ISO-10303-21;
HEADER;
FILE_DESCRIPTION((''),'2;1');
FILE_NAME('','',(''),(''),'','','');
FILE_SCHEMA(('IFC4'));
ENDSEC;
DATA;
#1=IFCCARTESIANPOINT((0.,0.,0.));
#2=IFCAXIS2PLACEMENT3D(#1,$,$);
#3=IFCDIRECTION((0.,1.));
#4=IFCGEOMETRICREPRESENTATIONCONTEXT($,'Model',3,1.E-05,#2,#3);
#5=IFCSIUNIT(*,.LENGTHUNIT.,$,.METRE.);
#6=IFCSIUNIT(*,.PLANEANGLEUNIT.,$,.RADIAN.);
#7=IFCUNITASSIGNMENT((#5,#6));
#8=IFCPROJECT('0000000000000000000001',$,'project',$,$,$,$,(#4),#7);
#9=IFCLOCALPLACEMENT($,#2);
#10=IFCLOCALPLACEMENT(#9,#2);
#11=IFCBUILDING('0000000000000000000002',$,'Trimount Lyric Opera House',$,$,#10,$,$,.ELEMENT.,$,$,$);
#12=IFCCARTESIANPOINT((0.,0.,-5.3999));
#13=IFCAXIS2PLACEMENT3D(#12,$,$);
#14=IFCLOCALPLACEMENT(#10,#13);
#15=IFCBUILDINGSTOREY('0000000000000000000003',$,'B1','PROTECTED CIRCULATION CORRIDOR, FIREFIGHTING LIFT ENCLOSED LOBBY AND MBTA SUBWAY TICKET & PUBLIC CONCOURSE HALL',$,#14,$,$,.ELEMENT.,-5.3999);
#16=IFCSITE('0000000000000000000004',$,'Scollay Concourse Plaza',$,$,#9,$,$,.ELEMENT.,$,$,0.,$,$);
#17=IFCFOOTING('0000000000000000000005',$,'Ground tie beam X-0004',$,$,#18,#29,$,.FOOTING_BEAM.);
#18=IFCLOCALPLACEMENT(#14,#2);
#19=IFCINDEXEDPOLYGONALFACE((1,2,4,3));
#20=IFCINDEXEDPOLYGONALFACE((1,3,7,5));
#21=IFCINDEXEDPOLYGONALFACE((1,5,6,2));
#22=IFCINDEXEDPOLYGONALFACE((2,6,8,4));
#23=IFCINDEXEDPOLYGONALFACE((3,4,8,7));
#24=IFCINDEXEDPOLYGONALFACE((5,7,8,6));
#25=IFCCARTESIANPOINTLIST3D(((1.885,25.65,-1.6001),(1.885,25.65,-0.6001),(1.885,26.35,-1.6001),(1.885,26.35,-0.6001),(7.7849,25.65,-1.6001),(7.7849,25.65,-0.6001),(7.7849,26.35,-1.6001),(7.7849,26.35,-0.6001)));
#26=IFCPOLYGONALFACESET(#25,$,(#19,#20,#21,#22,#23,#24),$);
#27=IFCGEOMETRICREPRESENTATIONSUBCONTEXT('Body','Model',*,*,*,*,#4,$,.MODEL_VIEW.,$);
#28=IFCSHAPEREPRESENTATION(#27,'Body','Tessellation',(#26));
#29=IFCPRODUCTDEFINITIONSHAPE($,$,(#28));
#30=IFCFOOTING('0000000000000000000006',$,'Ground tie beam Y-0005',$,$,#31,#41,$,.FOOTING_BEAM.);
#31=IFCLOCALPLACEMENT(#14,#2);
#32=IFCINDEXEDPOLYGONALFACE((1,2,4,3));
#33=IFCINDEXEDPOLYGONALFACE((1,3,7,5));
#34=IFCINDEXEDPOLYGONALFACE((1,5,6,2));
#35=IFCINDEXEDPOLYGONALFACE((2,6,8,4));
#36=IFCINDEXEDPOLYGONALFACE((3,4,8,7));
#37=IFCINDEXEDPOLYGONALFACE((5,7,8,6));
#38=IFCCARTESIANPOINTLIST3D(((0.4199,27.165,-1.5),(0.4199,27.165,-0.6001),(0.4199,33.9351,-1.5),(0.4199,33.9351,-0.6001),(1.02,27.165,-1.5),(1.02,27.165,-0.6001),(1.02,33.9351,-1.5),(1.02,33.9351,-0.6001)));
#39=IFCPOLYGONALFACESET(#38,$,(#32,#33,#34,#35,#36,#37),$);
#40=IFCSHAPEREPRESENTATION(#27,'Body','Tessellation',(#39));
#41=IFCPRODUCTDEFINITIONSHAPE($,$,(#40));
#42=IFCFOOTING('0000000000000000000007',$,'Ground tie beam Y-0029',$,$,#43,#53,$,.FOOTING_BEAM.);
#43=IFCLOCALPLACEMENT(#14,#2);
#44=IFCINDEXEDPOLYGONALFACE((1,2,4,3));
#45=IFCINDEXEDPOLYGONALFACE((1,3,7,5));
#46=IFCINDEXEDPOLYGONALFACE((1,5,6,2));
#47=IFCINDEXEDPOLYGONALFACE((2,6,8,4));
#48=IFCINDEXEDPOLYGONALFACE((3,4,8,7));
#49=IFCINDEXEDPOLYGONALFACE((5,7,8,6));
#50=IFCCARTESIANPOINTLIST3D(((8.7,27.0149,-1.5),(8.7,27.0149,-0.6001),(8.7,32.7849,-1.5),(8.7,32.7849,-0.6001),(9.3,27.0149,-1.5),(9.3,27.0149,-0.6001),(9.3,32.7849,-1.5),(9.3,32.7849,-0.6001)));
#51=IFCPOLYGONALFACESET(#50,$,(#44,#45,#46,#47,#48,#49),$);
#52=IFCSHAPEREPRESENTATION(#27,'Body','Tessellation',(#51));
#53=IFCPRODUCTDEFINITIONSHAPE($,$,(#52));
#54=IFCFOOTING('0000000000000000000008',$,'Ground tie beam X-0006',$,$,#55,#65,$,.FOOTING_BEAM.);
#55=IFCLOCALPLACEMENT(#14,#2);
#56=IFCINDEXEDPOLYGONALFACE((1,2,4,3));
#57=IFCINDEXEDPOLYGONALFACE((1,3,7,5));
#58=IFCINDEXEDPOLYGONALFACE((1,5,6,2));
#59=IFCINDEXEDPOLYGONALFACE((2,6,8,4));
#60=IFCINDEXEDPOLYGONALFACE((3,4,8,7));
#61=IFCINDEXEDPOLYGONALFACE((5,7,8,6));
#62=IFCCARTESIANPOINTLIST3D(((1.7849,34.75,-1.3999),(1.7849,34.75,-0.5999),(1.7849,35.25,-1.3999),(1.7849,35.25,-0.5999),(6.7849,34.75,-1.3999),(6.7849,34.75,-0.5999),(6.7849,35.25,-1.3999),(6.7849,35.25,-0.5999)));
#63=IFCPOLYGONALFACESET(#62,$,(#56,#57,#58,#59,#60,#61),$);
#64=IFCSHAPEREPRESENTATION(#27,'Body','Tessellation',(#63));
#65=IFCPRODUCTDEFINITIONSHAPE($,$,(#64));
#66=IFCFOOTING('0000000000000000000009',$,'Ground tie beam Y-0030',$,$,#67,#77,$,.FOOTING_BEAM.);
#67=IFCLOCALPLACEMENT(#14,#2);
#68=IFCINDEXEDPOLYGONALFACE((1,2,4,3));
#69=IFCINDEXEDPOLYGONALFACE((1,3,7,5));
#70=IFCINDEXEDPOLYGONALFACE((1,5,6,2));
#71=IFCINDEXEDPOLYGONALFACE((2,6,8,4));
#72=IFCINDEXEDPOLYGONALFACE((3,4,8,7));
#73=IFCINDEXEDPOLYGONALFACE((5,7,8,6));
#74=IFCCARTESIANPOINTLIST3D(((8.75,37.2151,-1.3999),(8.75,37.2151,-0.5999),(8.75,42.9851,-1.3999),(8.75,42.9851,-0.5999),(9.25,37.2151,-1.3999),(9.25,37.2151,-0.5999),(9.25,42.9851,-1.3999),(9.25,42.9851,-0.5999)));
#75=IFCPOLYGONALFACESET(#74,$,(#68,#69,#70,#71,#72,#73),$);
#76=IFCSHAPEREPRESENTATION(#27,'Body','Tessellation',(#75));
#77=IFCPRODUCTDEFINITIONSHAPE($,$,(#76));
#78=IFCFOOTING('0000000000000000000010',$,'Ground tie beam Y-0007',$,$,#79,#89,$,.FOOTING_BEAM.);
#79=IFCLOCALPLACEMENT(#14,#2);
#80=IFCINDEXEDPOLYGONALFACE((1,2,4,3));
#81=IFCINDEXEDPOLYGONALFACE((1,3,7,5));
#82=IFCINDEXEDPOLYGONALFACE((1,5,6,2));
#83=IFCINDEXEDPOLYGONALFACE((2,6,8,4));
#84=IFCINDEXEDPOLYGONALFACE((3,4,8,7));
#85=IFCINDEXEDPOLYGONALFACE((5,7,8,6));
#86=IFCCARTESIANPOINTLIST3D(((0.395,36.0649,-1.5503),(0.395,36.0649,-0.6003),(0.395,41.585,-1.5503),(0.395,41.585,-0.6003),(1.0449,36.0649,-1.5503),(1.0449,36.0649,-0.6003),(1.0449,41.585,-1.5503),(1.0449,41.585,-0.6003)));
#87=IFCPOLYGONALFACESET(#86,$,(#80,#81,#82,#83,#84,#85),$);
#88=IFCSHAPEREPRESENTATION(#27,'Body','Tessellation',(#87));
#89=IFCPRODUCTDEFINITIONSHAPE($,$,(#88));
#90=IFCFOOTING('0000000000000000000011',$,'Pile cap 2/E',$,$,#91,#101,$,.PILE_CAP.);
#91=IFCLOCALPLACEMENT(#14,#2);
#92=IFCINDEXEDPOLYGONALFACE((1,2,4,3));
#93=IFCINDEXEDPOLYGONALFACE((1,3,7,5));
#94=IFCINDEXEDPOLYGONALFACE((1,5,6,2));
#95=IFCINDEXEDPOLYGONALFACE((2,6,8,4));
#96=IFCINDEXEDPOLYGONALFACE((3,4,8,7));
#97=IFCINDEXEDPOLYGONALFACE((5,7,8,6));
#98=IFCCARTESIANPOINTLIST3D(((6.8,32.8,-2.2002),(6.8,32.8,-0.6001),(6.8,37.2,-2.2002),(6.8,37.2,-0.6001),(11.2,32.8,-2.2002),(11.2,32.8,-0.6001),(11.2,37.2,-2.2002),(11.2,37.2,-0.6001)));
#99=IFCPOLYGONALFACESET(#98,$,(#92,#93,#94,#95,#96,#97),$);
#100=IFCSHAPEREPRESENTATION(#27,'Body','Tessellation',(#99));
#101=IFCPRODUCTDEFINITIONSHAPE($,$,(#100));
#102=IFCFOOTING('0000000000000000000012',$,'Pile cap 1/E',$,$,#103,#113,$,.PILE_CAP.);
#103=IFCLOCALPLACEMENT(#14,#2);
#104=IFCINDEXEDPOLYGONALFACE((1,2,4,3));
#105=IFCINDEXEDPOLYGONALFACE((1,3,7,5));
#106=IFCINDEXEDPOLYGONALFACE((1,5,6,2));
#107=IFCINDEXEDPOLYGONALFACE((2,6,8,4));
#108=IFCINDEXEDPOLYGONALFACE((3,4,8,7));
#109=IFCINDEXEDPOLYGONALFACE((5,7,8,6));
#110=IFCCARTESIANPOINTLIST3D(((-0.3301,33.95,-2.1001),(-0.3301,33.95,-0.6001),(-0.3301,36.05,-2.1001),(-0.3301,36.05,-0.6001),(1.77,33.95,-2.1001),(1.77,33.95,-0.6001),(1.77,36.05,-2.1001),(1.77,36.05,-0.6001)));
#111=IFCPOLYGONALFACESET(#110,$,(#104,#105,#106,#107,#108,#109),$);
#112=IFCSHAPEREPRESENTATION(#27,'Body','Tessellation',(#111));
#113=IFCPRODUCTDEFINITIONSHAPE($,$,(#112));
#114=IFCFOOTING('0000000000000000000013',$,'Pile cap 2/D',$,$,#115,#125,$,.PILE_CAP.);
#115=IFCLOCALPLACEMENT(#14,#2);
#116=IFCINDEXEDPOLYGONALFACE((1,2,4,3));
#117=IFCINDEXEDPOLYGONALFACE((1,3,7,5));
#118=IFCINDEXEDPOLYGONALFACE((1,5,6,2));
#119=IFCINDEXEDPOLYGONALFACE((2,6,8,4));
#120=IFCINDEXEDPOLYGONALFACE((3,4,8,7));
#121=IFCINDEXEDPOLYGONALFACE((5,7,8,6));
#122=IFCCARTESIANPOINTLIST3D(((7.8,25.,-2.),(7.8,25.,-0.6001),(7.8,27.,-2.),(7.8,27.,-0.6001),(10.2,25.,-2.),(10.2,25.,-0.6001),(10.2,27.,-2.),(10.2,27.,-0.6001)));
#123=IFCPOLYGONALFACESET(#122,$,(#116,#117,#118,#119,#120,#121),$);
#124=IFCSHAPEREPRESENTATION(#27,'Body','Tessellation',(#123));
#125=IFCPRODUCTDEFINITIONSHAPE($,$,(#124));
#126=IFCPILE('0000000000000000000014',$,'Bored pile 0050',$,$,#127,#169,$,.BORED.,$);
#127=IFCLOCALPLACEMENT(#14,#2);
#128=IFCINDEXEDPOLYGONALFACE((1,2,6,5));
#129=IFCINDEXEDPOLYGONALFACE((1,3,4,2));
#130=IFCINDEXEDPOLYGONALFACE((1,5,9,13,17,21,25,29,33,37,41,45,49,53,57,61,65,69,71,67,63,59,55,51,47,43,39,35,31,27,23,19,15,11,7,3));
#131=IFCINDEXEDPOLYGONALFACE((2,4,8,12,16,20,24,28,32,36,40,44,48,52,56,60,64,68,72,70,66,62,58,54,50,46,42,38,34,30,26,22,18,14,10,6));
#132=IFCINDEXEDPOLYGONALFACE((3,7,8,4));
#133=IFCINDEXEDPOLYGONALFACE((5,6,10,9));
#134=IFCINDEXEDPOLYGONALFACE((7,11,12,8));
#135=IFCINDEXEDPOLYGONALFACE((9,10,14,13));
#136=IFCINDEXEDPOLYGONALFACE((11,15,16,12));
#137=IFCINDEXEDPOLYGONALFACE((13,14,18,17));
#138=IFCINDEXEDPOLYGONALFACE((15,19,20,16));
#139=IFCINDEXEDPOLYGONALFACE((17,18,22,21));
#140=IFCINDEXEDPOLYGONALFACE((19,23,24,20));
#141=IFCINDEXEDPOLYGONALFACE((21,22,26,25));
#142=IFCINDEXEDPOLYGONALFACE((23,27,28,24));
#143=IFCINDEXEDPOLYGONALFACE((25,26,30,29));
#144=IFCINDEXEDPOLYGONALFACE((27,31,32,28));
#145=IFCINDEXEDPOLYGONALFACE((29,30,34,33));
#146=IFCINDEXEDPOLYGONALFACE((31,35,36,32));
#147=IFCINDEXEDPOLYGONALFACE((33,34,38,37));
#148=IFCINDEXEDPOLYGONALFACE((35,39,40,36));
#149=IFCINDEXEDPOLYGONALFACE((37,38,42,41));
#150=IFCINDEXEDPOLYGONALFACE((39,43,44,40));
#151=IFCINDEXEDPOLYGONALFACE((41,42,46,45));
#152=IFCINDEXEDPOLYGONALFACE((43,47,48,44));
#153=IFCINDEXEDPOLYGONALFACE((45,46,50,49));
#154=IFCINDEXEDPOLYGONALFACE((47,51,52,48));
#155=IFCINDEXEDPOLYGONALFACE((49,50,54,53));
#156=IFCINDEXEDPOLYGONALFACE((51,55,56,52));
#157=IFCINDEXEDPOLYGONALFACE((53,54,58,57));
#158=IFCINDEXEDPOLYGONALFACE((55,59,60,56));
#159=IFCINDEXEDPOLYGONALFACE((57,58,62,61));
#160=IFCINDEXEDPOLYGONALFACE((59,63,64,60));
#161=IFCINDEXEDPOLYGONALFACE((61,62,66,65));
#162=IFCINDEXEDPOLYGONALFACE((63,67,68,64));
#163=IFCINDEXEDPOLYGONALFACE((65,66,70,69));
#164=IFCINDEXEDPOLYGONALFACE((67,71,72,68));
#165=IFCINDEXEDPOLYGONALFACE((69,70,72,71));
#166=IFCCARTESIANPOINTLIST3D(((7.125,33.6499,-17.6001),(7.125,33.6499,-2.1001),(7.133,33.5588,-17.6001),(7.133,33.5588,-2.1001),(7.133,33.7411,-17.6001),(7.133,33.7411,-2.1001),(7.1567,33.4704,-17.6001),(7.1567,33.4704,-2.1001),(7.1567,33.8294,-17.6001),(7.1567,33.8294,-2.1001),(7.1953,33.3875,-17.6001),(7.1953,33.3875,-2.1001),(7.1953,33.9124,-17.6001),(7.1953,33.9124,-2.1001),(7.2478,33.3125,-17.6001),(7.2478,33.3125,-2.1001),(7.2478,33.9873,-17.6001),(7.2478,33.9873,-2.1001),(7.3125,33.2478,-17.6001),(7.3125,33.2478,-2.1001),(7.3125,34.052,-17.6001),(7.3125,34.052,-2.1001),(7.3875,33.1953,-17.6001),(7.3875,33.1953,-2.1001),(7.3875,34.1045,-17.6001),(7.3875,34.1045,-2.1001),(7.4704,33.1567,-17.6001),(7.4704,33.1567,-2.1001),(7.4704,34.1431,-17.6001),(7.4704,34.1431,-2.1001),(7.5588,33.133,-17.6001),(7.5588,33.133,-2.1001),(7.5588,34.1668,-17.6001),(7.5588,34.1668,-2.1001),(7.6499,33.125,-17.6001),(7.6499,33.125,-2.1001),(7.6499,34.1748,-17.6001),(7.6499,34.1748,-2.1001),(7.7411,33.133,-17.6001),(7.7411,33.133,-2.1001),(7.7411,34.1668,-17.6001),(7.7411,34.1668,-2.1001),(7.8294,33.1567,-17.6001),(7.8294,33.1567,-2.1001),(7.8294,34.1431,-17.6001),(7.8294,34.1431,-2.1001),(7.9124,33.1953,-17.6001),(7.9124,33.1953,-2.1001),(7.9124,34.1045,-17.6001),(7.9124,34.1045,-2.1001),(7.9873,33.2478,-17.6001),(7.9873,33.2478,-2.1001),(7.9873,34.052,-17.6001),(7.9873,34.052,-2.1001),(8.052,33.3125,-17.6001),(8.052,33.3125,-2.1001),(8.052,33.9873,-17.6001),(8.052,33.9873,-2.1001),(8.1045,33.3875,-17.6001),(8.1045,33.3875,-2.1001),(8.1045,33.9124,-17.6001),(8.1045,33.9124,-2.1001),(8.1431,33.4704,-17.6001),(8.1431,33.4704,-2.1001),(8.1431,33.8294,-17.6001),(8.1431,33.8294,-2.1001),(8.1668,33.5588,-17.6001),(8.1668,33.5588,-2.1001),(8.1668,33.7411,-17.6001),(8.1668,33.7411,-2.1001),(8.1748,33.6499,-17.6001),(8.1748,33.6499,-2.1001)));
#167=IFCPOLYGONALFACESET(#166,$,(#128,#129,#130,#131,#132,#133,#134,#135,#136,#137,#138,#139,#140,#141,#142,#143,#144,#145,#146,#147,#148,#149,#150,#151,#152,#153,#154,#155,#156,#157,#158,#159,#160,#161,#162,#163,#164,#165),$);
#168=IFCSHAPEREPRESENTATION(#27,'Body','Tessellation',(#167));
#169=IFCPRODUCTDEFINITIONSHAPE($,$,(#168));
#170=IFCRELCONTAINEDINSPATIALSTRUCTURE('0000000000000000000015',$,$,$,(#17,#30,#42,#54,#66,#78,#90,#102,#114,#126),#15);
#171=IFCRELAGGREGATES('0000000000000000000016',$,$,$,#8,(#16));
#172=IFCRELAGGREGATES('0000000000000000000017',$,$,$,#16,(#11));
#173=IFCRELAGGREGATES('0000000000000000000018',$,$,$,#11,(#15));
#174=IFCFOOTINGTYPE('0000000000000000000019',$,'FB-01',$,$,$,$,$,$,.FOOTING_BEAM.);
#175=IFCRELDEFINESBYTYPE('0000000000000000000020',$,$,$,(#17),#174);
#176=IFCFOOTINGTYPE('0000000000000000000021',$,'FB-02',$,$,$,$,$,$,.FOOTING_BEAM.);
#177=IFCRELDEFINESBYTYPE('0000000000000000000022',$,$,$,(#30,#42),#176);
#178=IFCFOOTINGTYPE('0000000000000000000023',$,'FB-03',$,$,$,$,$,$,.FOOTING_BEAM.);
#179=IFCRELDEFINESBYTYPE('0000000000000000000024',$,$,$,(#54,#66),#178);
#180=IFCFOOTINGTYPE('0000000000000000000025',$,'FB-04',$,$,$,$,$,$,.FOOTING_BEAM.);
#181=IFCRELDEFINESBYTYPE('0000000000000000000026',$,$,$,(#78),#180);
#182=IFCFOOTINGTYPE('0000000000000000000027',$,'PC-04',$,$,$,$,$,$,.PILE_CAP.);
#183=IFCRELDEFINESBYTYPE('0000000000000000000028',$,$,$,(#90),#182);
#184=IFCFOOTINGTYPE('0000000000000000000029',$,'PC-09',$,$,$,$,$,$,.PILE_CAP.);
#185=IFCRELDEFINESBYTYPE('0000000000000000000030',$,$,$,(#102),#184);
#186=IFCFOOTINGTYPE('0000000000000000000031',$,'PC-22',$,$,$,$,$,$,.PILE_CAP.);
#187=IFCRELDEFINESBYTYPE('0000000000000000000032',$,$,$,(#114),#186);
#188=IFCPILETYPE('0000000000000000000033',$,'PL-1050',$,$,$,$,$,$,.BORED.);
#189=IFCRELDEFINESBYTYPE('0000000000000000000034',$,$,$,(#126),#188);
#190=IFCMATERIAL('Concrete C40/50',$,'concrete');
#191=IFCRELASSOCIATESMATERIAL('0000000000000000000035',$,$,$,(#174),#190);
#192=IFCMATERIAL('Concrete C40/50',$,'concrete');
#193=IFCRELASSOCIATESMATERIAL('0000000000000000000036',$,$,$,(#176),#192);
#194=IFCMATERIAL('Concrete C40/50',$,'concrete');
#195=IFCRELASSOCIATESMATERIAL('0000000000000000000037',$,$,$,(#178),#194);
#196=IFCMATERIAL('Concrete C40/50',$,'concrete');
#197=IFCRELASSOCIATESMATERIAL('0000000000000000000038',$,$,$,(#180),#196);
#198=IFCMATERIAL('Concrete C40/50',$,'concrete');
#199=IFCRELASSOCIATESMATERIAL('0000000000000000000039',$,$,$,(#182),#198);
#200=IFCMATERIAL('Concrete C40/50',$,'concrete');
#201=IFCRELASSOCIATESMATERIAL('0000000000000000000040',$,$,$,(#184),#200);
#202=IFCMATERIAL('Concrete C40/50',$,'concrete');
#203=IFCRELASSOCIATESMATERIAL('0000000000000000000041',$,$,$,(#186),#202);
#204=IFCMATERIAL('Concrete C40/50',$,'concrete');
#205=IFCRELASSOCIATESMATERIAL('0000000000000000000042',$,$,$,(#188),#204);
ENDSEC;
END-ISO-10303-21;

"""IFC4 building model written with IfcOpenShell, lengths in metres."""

from ifc_helpers import new_model, si_unit, direction, frame, origin, origin_2d, place, context, subcontext, project, spatial, rectangle, circle, extrude, material, material_profile, profile_set, type_object, element, save


model = new_model("IFC4")

# Units and contexts
model_context = context("Model", 3, precision=1e-05, world=origin(), true_north=direction((0.0, 1.0)))
body_context = subcontext(model_context, "Body", "Model", "MODEL_VIEW")
ifc_project = project(units=[si_unit("LENGTHUNIT", "METRE"), si_unit("PLANEANGLEUNIT", "RADIAN")], contexts=[model_context])

# Site, building, storey
site_placement = place(None, origin())
site = spatial("IfcSite", under=ifc_project, at=site_placement, Name="Scollay Concourse Plaza", CompositionType="ELEMENT", RefElevation=0.0)
building_placement = place(site_placement, origin())
building = spatial("IfcBuilding", under=site, at=building_placement, Name="Trimount Lyric Opera House", CompositionType="ELEMENT")
storey_placement = place(building_placement, frame((0.0, 0.0, -5.3999)))
storey = spatial("IfcBuildingStorey", under=building, at=storey_placement, Name="B1", Description="PROTECTED CIRCULATION CORRIDOR, FIREFIGHTING LIFT ENCLOSED LOBBY AND MBTA SUBWAY TICKET & PUBLIC CONCOURSE HALL", CompositionType="ELEMENT", Elevation=-5.3999)

# Footings
ifc_material_1 = material(Name="Concrete C40/50", Category="concrete")
footing_type_1 = type_object("IfcFootingType", Name="FB-01", PredefinedType="FOOTING_BEAM", material=ifc_material_1)
footing_1_placement = place(storey_placement, frame((4.835, 26.0, -1.6001), z_axis=(0.0, 0.0, 1.0), x_axis=(1.0, 0.0, 0.0)))
element("IfcFooting", 1, at=footing_1_placement, inside=storey, type_object=footing_type_1, Name="Ground tie beam X-0004", PredefinedType="FOOTING_BEAM", context=body_context, shape_type="SweptSolid", body=[
    extrude(rectangle(XDim=5.8999, YDim=0.7, at=origin_2d()), origin(), (0.0, 0.0, 1.0), 1.0),
])
ifc_material_2 = material(Name="Concrete C40/50", Category="concrete")
footing_type_2 = type_object("IfcFootingType", Name="FB-02", PredefinedType="FOOTING_BEAM", material=ifc_material_2)
footing_2_placement = place(storey_placement, frame((0.72, 30.55, -1.5), z_axis=(0.0, 0.0, 1.0), x_axis=(1.0, 0.0, 0.0)))
element("IfcFooting", 2, at=footing_2_placement, inside=storey, type_object=footing_type_2, Name="Ground tie beam Y-0005", PredefinedType="FOOTING_BEAM", context=body_context, shape_type="SweptSolid", body=[
    extrude(rectangle(XDim=0.6001, YDim=6.77, at=origin_2d()), origin(), (0.0, 0.0, 1.0), 0.8999),
])
footing_3_placement = place(storey_placement, frame((9.0, 29.8999, -1.5), z_axis=(0.0, 0.0, 1.0), x_axis=(1.0, 0.0, 0.0)))
element("IfcFooting", 3, at=footing_3_placement, inside=storey, type_object=footing_type_2, Name="Ground tie beam Y-0029", PredefinedType="FOOTING_BEAM", context=body_context, shape_type="SweptSolid", body=[
    extrude(rectangle(XDim=0.6001, YDim=5.77, at=origin_2d()), origin(), (0.0, 0.0, 1.0), 0.8999),
])
ifc_material_3 = material(Name="Concrete C40/50", Category="concrete")
footing_type_3 = type_object("IfcFootingType", Name="FB-03", PredefinedType="FOOTING_BEAM", material=ifc_material_3)
footing_4_placement = place(storey_placement, frame((4.2849, 35.0, -1.3999), z_axis=(0.0, 0.0, 1.0), x_axis=(1.0, 0.0, 0.0)))
element("IfcFooting", 4, at=footing_4_placement, inside=storey, type_object=footing_type_3, Name="Ground tie beam X-0006", PredefinedType="FOOTING_BEAM", context=body_context, shape_type="SweptSolid", body=[
    extrude(rectangle(XDim=5.0, YDim=0.5, at=origin_2d()), origin(), (0.0, 0.0, 1.0), 0.8),
])
footing_5_placement = place(storey_placement, frame((9.0, 40.1001, -1.3999), z_axis=(0.0, 0.0, 1.0), x_axis=(1.0, 0.0, 0.0)))
element("IfcFooting", 5, at=footing_5_placement, inside=storey, type_object=footing_type_3, Name="Ground tie beam Y-0030", PredefinedType="FOOTING_BEAM", context=body_context, shape_type="SweptSolid", body=[
    extrude(rectangle(XDim=0.5, YDim=5.77, at=origin_2d()), origin(), (0.0, 0.0, 1.0), 0.8),
])
ifc_material_4 = material(Name="Concrete C40/50", Category="concrete")
footing_type_4 = type_object("IfcFootingType", Name="FB-04", PredefinedType="FOOTING_BEAM", material=ifc_material_4)
footing_6_placement = place(storey_placement, frame((0.72, 38.825, -1.5503), z_axis=(0.0, 0.0, 1.0), x_axis=(1.0, 0.0, 0.0)))
element("IfcFooting", 6, at=footing_6_placement, inside=storey, type_object=footing_type_4, Name="Ground tie beam Y-0007", PredefinedType="FOOTING_BEAM", context=body_context, shape_type="SweptSolid", body=[
    extrude(rectangle(XDim=0.6499, YDim=5.52, at=origin_2d()), origin(), (0.0, 0.0, 1.0), 0.95),
])
ifc_material_5 = material(Name="Concrete C40/50", Category="concrete")
footing_type_5 = type_object("IfcFootingType", Name="PC-04", PredefinedType="PILE_CAP", material=ifc_material_5)
footing_7_placement = place(storey_placement, frame((9.0, 35.0, -2.2002), z_axis=(0.0, 0.0, 1.0), x_axis=(1.0, 0.0, 0.0)))
element("IfcFooting", 7, at=footing_7_placement, inside=storey, type_object=footing_type_5, Name="Pile cap 2/E", PredefinedType="PILE_CAP", context=body_context, shape_type="SweptSolid", body=[
    extrude(rectangle(XDim=4.3999, YDim=4.3999, at=origin_2d()), origin(), (0.0, 0.0, 1.0), 1.6001),
])
ifc_material_6 = material(Name="Concrete C40/50", Category="concrete")
footing_type_6 = type_object("IfcFootingType", Name="PC-09", PredefinedType="PILE_CAP", material=ifc_material_6)
footing_8_placement = place(storey_placement, frame((0.72, 35.0, -2.1001), z_axis=(0.0, 0.0, 1.0), x_axis=(1.0, 0.0, 0.0)))
element("IfcFooting", 8, at=footing_8_placement, inside=storey, type_object=footing_type_6, Name="Pile cap 1/E", PredefinedType="PILE_CAP", context=body_context, shape_type="SweptSolid", body=[
    extrude(rectangle(XDim=2.1001, YDim=2.1001, at=origin_2d()), origin(), (0.0, 0.0, 1.0), 1.5),
])
ifc_material_7 = material(Name="Concrete C40/50", Category="concrete")
footing_type_7 = type_object("IfcFootingType", Name="PC-22", PredefinedType="PILE_CAP", material=ifc_material_7)
footing_9_placement = place(storey_placement, frame((9.0, 26.0, -2.0), z_axis=(0.0, 0.0, 1.0), x_axis=(1.0, 0.0, 0.0)))
element("IfcFooting", 9, at=footing_9_placement, inside=storey, type_object=footing_type_7, Name="Pile cap 2/D", PredefinedType="PILE_CAP", context=body_context, shape_type="SweptSolid", body=[
    extrude(rectangle(XDim=2.3999, YDim=2.0, at=origin_2d()), origin(), (0.0, 0.0, 1.0), 1.3999),
])

# Pile
ifc_material_8 = material(Name="Concrete C40/50", Category="concrete")
ifc_material_profile_1 = material_profile(ifc_material_8, circle(Radius=0.5249, at=origin_2d()), Name="PILE-D1050")
ifc_profile_set_1 = profile_set([ifc_material_profile_1], Name="Concrete C40/50")
pile_type_1 = type_object("IfcPileType", Name="PL-1050", PredefinedType="BORED", material=ifc_profile_set_1)
for number, where, z_axis, x_axis, name in (
    (10, (7.6499, 33.6499, -2.1001), (0.0, 0.0, -1.0), (1.0, 0.0, 0.0), "Bored pile 0050"),
):
    element("IfcPile", number, at=place(storey_placement, frame(where, z_axis=z_axis, x_axis=x_axis)), inside=storey, type_object=pile_type_1, Name=name, PredefinedType="BORED", context=body_context, shape_type="SweptSolid", body=[
        extrude(circle(Radius=0.5249, at=origin_2d()), origin(), (0.0, 0.0, 1.0), 15.5),
    ])

save(model, "model.ifc")
